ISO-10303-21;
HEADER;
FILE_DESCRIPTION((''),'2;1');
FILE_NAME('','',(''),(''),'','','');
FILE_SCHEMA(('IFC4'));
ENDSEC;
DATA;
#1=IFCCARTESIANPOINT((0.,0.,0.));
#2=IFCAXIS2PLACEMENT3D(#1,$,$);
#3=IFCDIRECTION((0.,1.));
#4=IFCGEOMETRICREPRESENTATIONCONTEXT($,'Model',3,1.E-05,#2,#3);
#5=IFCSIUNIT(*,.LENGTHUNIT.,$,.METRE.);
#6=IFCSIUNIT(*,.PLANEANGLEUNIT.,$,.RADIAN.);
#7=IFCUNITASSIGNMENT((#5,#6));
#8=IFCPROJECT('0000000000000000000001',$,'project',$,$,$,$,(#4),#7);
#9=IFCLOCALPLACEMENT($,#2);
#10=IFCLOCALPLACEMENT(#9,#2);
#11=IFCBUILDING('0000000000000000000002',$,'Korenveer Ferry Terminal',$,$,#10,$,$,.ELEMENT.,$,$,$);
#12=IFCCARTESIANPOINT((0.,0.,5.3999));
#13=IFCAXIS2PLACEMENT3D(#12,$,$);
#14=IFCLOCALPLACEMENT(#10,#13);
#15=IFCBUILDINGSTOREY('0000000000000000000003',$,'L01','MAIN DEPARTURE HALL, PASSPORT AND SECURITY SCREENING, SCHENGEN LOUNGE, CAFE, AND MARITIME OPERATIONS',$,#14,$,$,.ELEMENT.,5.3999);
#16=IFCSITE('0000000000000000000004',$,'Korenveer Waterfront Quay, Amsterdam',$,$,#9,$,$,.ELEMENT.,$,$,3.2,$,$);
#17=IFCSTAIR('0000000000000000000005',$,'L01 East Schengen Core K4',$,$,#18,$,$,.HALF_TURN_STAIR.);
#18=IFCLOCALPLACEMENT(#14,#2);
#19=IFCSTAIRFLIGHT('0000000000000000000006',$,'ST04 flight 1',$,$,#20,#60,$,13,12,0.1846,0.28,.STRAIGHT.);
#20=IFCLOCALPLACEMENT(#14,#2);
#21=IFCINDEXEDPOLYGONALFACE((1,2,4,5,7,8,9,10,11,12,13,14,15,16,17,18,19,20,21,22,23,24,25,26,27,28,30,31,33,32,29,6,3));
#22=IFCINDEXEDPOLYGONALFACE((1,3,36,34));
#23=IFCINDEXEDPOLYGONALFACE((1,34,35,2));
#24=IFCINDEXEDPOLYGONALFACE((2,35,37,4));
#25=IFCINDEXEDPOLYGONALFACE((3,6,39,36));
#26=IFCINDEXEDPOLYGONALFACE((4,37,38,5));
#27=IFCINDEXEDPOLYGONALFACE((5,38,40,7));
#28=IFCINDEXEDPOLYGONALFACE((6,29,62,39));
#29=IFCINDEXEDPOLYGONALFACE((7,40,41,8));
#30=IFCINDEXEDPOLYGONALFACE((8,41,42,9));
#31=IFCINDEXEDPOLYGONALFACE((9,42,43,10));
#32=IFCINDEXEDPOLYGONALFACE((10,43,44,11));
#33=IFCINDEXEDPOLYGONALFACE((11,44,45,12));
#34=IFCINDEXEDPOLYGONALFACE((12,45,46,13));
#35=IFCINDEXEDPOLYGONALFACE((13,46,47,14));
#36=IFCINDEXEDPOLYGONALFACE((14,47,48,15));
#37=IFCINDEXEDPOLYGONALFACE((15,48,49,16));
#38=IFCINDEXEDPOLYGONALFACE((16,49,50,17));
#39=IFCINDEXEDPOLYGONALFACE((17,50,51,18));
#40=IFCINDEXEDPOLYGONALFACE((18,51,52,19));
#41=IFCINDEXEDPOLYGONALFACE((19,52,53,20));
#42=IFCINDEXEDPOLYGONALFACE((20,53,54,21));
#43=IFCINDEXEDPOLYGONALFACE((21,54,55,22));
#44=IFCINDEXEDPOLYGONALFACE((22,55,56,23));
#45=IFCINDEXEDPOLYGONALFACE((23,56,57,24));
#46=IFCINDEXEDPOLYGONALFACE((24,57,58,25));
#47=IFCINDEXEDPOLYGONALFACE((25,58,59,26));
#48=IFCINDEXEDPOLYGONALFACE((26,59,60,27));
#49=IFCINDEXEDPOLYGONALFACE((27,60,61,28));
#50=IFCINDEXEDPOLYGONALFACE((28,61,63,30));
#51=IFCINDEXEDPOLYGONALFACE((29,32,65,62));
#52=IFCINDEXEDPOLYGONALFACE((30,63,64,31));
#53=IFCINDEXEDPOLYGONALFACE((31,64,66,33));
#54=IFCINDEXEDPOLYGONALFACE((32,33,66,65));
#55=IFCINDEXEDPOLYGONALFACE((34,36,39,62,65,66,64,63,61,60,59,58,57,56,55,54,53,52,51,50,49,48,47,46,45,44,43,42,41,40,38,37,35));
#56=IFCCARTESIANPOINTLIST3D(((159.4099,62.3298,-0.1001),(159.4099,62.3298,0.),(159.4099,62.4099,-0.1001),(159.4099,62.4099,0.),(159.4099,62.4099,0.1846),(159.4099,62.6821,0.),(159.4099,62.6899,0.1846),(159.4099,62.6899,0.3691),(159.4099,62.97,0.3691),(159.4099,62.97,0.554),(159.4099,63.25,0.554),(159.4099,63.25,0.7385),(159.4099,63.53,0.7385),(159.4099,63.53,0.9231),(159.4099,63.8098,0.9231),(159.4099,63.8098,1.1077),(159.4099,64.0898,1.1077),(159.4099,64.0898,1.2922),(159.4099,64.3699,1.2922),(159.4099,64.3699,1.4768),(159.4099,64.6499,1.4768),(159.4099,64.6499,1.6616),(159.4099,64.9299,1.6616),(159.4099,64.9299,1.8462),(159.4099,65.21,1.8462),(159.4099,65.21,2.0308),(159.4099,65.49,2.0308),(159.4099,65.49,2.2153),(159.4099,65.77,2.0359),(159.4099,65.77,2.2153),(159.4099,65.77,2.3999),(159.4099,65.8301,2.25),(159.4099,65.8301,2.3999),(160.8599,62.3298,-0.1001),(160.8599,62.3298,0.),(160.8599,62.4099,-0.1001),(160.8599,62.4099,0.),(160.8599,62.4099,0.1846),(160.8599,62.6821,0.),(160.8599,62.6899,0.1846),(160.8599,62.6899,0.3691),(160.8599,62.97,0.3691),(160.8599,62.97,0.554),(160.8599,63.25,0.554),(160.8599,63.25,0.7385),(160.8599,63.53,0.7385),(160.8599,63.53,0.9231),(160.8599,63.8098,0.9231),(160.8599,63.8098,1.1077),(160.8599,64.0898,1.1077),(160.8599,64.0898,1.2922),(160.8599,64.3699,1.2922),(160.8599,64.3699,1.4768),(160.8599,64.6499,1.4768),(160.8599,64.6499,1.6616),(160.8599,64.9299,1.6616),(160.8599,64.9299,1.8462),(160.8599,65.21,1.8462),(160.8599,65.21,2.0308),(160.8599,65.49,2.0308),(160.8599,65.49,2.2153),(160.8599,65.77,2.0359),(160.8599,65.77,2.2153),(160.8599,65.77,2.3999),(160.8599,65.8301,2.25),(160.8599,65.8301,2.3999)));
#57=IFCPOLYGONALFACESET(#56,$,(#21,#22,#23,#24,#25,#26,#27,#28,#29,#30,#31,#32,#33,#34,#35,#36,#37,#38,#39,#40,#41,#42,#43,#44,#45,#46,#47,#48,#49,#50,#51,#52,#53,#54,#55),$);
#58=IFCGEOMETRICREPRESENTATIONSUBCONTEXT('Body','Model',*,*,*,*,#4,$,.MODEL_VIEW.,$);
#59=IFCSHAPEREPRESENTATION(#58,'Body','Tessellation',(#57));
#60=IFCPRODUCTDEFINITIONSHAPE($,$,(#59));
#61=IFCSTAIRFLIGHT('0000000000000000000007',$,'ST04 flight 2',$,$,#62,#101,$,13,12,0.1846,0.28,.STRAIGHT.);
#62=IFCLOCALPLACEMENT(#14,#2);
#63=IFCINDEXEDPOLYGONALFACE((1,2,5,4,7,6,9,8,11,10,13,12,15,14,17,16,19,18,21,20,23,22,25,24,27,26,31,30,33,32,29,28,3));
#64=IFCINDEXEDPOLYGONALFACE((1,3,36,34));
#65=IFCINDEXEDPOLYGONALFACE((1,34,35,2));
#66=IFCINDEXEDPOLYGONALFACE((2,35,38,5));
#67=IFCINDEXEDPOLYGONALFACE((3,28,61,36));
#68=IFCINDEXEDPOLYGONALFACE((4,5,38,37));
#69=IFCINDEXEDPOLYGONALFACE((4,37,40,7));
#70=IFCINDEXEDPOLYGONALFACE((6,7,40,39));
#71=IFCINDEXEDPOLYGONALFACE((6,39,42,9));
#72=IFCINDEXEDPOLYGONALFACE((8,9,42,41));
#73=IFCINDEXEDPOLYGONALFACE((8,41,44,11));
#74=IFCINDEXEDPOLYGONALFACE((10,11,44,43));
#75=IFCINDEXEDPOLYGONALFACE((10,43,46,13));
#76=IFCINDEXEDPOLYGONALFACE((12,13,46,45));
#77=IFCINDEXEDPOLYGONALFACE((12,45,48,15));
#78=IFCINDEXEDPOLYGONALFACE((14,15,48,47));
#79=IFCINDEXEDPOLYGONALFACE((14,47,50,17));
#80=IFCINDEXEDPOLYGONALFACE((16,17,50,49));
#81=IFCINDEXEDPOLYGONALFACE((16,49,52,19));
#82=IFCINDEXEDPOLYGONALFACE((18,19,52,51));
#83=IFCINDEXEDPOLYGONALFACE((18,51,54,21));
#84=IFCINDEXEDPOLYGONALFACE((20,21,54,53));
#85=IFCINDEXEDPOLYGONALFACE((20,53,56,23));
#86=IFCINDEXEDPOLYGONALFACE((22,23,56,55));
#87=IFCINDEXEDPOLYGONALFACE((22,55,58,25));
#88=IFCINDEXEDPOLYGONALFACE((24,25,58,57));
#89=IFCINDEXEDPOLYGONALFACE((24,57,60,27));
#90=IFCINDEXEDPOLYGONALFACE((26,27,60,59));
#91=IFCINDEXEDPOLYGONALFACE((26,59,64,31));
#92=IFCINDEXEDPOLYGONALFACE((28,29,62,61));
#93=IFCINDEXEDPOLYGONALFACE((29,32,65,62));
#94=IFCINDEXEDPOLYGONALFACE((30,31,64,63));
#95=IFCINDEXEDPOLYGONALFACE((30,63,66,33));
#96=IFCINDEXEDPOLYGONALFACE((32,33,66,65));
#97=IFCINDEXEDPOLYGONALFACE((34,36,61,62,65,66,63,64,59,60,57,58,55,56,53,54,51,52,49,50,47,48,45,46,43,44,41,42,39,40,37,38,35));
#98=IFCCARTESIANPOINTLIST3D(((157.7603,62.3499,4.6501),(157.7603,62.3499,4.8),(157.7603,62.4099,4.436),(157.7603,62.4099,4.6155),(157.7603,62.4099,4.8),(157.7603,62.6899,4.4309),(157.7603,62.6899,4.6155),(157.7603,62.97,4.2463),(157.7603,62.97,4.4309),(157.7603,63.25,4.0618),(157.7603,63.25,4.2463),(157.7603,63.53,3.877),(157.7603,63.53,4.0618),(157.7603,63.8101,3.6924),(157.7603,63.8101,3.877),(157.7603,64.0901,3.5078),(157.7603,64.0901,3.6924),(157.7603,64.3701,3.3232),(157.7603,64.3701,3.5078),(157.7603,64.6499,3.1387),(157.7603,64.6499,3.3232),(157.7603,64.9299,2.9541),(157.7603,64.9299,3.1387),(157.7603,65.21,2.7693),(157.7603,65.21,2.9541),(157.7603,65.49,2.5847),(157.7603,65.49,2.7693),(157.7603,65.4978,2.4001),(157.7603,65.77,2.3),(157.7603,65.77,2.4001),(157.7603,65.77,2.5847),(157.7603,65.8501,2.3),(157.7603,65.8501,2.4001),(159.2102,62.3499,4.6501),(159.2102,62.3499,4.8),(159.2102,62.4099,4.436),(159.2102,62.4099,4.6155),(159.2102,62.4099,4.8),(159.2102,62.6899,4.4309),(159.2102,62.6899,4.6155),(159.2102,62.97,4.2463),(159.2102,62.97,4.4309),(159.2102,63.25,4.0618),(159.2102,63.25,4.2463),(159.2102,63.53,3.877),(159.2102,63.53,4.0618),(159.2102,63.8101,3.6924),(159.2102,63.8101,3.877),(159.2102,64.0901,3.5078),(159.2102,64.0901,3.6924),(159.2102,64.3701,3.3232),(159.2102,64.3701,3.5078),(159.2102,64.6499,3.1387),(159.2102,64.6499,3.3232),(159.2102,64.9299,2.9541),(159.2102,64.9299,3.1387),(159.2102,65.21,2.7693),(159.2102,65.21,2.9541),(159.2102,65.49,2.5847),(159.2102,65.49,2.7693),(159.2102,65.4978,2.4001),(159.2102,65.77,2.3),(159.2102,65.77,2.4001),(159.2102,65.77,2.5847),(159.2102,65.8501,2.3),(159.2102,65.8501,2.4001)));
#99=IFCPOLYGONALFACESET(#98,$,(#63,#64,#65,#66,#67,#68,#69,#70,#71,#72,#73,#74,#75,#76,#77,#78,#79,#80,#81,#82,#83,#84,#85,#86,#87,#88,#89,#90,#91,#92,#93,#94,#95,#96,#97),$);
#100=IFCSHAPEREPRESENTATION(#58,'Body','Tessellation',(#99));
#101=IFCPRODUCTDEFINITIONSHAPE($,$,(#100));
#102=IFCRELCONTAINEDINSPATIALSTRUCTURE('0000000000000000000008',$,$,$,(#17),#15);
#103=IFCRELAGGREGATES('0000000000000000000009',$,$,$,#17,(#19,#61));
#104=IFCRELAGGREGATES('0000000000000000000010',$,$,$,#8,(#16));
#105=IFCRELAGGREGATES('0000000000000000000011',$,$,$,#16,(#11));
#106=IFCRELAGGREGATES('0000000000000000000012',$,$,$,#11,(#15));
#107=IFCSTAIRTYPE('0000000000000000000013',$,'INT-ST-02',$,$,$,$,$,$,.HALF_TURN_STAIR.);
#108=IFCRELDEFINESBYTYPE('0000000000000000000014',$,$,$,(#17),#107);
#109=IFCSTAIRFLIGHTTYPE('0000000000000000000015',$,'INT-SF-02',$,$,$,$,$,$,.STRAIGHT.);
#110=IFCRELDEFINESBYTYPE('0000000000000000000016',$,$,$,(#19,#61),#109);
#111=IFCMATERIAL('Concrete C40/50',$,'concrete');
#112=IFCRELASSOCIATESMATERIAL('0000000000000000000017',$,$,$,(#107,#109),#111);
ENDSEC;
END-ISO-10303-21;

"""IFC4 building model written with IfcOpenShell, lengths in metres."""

from ifc_helpers import new_model, si_unit, direction, frame, origin, place, context, subcontext, project, spatial, polyline, outline, extrude, material, type_object, element, aggregate, save


model = new_model("IFC4")

# Units and contexts
model_context = context("Model", 3, precision=1e-05, world=origin(), true_north=direction((0.0, 1.0)))
body_context = subcontext(model_context, "Body", "Model", "MODEL_VIEW")
ifc_project = project(units=[si_unit("LENGTHUNIT", "METRE"), si_unit("PLANEANGLEUNIT", "RADIAN")], contexts=[model_context])

# Site, building, storey
site_placement = place(None, origin())
site = spatial("IfcSite", under=ifc_project, at=site_placement, Name="Korenveer Waterfront Quay, Amsterdam", CompositionType="ELEMENT", RefElevation=3.2)
building_placement = place(site_placement, origin())
building = spatial("IfcBuilding", under=site, at=building_placement, Name="Korenveer Ferry Terminal", CompositionType="ELEMENT")
storey_placement = place(building_placement, frame((0.0, 0.0, 5.3999)))
storey = spatial("IfcBuildingStorey", under=building, at=storey_placement, Name="L01", Description="MAIN DEPARTURE HALL, PASSPORT AND SECURITY SCREENING, SCHENGEN LOUNGE, CAFE, AND MARITIME OPERATIONS", CompositionType="ELEMENT", Elevation=5.3999)

# Stair, stair flights
ifc_material_1 = material(Name="Concrete C40/50", Category="concrete")
stair_type = type_object("IfcStairType", Name="INT-ST-02", PredefinedType="HALF_TURN_STAIR", material=ifc_material_1)
stair_placement = place(storey_placement, frame((160.135, 62.4099, 0.0)))
stair = element("IfcStair", 1, at=stair_placement, inside=storey, type_object=stair_type, Name="L01 East Schengen Core K4", PredefinedType="HALF_TURN_STAIR")
stair_flight_type = type_object("IfcStairFlightType", Name="INT-SF-02", PredefinedType="STRAIGHT", material=ifc_material_1)
stair_flight_1_placement = place(storey_placement, frame((160.135, 62.4099, 0.0), z_axis=(0.0, 0.0, 1.0), x_axis=(0.0, 1.0, 0.0)))
stair_flight_1 = element("IfcStairFlight", 2, at=stair_flight_1_placement, type_object=stair_flight_type, Name="ST04 flight 1", NumberOfRisers=13, NumberOfTreads=12, PredefinedType="STRAIGHT", RiserHeight=0.1846, TreadLength=0.28, context=body_context, shape_type="SweptSolid", body=[
    extrude(outline(polyline([(-0.0801, 0.0), (0.0, 0.0), (0.0, 0.1846), (0.28, 0.1846), (0.28, 0.3691), (0.5601, 0.3691), (0.5601, 0.554), (0.8401, 0.554), (0.8401, 0.7385), (1.1201, 0.7385), (1.1201, 0.9231), (1.3999, 0.9231), (1.3999, 1.1077), (1.6799, 1.1077), (1.6799, 1.2922), (1.96, 1.2922), (1.96, 1.4768), (2.24, 1.4768), (2.24, 1.6616), (2.52, 1.6616), (2.52, 1.8462), (2.8, 1.8462), (2.8, 2.0308), (3.0801, 2.0308), (3.0801, 2.2153), (3.3601, 2.2153), (3.3601, 2.3999), (3.4202, 2.3999), (3.4202, 2.25), (3.3601, 2.0359), (0.2722, 0.0), (0.0, -0.1001), (-0.0801, -0.1001), (-0.0801, 0.0)])), frame((0.0, 0.7251, 0.0), z_axis=(0.0, -1.0, 0.0), x_axis=(1.0, 0.0, 0.0)), (0.0, 0.0, 1.0), 1.45),
])
stair_flight_2_placement = place(storey_placement, frame((158.4851, 65.77, 2.4001), z_axis=(0.0, 0.0, 1.0), x_axis=(0.0, -1.0, 0.0)))
stair_flight_2 = element("IfcStairFlight", 3, at=stair_flight_2_placement, type_object=stair_flight_type, Name="ST04 flight 2", NumberOfRisers=13, NumberOfTreads=12, PredefinedType="STRAIGHT", RiserHeight=0.1846, TreadLength=0.28, context=body_context, shape_type="SweptSolid", body=[
    extrude(outline(polyline([(-0.0801, 0.0), (0.0, 0.0), (0.0, 0.1846), (0.28, 0.1846), (0.28, 0.3691), (0.5601, 0.3691), (0.5601, 0.554), (0.8401, 0.554), (0.8401, 0.7385), (1.1201, 0.7385), (1.1201, 0.9231), (1.3999, 0.9231), (1.3999, 1.1077), (1.6799, 1.1077), (1.6799, 1.2922), (1.96, 1.2922), (1.96, 1.4768), (2.24, 1.4768), (2.24, 1.6616), (2.52, 1.6616), (2.52, 1.8462), (2.8, 1.8462), (2.8, 2.0308), (3.0801, 2.0308), (3.0801, 2.2153), (3.3601, 2.2153), (3.3601, 2.3999), (3.4202, 2.3999), (3.4202, 2.25), (3.3601, 2.0359), (0.2722, 0.0), (0.0, -0.1001), (-0.0801, -0.1001), (-0.0801, 0.0)])), frame((0.0, 0.7251, 0.0), z_axis=(0.0, -1.0, 0.0), x_axis=(1.0, 0.0, 0.0)), (0.0, 0.0, 1.0), 1.45),
])
aggregate(stair, [stair_flight_1, stair_flight_2])

save(model, "model.ifc")
